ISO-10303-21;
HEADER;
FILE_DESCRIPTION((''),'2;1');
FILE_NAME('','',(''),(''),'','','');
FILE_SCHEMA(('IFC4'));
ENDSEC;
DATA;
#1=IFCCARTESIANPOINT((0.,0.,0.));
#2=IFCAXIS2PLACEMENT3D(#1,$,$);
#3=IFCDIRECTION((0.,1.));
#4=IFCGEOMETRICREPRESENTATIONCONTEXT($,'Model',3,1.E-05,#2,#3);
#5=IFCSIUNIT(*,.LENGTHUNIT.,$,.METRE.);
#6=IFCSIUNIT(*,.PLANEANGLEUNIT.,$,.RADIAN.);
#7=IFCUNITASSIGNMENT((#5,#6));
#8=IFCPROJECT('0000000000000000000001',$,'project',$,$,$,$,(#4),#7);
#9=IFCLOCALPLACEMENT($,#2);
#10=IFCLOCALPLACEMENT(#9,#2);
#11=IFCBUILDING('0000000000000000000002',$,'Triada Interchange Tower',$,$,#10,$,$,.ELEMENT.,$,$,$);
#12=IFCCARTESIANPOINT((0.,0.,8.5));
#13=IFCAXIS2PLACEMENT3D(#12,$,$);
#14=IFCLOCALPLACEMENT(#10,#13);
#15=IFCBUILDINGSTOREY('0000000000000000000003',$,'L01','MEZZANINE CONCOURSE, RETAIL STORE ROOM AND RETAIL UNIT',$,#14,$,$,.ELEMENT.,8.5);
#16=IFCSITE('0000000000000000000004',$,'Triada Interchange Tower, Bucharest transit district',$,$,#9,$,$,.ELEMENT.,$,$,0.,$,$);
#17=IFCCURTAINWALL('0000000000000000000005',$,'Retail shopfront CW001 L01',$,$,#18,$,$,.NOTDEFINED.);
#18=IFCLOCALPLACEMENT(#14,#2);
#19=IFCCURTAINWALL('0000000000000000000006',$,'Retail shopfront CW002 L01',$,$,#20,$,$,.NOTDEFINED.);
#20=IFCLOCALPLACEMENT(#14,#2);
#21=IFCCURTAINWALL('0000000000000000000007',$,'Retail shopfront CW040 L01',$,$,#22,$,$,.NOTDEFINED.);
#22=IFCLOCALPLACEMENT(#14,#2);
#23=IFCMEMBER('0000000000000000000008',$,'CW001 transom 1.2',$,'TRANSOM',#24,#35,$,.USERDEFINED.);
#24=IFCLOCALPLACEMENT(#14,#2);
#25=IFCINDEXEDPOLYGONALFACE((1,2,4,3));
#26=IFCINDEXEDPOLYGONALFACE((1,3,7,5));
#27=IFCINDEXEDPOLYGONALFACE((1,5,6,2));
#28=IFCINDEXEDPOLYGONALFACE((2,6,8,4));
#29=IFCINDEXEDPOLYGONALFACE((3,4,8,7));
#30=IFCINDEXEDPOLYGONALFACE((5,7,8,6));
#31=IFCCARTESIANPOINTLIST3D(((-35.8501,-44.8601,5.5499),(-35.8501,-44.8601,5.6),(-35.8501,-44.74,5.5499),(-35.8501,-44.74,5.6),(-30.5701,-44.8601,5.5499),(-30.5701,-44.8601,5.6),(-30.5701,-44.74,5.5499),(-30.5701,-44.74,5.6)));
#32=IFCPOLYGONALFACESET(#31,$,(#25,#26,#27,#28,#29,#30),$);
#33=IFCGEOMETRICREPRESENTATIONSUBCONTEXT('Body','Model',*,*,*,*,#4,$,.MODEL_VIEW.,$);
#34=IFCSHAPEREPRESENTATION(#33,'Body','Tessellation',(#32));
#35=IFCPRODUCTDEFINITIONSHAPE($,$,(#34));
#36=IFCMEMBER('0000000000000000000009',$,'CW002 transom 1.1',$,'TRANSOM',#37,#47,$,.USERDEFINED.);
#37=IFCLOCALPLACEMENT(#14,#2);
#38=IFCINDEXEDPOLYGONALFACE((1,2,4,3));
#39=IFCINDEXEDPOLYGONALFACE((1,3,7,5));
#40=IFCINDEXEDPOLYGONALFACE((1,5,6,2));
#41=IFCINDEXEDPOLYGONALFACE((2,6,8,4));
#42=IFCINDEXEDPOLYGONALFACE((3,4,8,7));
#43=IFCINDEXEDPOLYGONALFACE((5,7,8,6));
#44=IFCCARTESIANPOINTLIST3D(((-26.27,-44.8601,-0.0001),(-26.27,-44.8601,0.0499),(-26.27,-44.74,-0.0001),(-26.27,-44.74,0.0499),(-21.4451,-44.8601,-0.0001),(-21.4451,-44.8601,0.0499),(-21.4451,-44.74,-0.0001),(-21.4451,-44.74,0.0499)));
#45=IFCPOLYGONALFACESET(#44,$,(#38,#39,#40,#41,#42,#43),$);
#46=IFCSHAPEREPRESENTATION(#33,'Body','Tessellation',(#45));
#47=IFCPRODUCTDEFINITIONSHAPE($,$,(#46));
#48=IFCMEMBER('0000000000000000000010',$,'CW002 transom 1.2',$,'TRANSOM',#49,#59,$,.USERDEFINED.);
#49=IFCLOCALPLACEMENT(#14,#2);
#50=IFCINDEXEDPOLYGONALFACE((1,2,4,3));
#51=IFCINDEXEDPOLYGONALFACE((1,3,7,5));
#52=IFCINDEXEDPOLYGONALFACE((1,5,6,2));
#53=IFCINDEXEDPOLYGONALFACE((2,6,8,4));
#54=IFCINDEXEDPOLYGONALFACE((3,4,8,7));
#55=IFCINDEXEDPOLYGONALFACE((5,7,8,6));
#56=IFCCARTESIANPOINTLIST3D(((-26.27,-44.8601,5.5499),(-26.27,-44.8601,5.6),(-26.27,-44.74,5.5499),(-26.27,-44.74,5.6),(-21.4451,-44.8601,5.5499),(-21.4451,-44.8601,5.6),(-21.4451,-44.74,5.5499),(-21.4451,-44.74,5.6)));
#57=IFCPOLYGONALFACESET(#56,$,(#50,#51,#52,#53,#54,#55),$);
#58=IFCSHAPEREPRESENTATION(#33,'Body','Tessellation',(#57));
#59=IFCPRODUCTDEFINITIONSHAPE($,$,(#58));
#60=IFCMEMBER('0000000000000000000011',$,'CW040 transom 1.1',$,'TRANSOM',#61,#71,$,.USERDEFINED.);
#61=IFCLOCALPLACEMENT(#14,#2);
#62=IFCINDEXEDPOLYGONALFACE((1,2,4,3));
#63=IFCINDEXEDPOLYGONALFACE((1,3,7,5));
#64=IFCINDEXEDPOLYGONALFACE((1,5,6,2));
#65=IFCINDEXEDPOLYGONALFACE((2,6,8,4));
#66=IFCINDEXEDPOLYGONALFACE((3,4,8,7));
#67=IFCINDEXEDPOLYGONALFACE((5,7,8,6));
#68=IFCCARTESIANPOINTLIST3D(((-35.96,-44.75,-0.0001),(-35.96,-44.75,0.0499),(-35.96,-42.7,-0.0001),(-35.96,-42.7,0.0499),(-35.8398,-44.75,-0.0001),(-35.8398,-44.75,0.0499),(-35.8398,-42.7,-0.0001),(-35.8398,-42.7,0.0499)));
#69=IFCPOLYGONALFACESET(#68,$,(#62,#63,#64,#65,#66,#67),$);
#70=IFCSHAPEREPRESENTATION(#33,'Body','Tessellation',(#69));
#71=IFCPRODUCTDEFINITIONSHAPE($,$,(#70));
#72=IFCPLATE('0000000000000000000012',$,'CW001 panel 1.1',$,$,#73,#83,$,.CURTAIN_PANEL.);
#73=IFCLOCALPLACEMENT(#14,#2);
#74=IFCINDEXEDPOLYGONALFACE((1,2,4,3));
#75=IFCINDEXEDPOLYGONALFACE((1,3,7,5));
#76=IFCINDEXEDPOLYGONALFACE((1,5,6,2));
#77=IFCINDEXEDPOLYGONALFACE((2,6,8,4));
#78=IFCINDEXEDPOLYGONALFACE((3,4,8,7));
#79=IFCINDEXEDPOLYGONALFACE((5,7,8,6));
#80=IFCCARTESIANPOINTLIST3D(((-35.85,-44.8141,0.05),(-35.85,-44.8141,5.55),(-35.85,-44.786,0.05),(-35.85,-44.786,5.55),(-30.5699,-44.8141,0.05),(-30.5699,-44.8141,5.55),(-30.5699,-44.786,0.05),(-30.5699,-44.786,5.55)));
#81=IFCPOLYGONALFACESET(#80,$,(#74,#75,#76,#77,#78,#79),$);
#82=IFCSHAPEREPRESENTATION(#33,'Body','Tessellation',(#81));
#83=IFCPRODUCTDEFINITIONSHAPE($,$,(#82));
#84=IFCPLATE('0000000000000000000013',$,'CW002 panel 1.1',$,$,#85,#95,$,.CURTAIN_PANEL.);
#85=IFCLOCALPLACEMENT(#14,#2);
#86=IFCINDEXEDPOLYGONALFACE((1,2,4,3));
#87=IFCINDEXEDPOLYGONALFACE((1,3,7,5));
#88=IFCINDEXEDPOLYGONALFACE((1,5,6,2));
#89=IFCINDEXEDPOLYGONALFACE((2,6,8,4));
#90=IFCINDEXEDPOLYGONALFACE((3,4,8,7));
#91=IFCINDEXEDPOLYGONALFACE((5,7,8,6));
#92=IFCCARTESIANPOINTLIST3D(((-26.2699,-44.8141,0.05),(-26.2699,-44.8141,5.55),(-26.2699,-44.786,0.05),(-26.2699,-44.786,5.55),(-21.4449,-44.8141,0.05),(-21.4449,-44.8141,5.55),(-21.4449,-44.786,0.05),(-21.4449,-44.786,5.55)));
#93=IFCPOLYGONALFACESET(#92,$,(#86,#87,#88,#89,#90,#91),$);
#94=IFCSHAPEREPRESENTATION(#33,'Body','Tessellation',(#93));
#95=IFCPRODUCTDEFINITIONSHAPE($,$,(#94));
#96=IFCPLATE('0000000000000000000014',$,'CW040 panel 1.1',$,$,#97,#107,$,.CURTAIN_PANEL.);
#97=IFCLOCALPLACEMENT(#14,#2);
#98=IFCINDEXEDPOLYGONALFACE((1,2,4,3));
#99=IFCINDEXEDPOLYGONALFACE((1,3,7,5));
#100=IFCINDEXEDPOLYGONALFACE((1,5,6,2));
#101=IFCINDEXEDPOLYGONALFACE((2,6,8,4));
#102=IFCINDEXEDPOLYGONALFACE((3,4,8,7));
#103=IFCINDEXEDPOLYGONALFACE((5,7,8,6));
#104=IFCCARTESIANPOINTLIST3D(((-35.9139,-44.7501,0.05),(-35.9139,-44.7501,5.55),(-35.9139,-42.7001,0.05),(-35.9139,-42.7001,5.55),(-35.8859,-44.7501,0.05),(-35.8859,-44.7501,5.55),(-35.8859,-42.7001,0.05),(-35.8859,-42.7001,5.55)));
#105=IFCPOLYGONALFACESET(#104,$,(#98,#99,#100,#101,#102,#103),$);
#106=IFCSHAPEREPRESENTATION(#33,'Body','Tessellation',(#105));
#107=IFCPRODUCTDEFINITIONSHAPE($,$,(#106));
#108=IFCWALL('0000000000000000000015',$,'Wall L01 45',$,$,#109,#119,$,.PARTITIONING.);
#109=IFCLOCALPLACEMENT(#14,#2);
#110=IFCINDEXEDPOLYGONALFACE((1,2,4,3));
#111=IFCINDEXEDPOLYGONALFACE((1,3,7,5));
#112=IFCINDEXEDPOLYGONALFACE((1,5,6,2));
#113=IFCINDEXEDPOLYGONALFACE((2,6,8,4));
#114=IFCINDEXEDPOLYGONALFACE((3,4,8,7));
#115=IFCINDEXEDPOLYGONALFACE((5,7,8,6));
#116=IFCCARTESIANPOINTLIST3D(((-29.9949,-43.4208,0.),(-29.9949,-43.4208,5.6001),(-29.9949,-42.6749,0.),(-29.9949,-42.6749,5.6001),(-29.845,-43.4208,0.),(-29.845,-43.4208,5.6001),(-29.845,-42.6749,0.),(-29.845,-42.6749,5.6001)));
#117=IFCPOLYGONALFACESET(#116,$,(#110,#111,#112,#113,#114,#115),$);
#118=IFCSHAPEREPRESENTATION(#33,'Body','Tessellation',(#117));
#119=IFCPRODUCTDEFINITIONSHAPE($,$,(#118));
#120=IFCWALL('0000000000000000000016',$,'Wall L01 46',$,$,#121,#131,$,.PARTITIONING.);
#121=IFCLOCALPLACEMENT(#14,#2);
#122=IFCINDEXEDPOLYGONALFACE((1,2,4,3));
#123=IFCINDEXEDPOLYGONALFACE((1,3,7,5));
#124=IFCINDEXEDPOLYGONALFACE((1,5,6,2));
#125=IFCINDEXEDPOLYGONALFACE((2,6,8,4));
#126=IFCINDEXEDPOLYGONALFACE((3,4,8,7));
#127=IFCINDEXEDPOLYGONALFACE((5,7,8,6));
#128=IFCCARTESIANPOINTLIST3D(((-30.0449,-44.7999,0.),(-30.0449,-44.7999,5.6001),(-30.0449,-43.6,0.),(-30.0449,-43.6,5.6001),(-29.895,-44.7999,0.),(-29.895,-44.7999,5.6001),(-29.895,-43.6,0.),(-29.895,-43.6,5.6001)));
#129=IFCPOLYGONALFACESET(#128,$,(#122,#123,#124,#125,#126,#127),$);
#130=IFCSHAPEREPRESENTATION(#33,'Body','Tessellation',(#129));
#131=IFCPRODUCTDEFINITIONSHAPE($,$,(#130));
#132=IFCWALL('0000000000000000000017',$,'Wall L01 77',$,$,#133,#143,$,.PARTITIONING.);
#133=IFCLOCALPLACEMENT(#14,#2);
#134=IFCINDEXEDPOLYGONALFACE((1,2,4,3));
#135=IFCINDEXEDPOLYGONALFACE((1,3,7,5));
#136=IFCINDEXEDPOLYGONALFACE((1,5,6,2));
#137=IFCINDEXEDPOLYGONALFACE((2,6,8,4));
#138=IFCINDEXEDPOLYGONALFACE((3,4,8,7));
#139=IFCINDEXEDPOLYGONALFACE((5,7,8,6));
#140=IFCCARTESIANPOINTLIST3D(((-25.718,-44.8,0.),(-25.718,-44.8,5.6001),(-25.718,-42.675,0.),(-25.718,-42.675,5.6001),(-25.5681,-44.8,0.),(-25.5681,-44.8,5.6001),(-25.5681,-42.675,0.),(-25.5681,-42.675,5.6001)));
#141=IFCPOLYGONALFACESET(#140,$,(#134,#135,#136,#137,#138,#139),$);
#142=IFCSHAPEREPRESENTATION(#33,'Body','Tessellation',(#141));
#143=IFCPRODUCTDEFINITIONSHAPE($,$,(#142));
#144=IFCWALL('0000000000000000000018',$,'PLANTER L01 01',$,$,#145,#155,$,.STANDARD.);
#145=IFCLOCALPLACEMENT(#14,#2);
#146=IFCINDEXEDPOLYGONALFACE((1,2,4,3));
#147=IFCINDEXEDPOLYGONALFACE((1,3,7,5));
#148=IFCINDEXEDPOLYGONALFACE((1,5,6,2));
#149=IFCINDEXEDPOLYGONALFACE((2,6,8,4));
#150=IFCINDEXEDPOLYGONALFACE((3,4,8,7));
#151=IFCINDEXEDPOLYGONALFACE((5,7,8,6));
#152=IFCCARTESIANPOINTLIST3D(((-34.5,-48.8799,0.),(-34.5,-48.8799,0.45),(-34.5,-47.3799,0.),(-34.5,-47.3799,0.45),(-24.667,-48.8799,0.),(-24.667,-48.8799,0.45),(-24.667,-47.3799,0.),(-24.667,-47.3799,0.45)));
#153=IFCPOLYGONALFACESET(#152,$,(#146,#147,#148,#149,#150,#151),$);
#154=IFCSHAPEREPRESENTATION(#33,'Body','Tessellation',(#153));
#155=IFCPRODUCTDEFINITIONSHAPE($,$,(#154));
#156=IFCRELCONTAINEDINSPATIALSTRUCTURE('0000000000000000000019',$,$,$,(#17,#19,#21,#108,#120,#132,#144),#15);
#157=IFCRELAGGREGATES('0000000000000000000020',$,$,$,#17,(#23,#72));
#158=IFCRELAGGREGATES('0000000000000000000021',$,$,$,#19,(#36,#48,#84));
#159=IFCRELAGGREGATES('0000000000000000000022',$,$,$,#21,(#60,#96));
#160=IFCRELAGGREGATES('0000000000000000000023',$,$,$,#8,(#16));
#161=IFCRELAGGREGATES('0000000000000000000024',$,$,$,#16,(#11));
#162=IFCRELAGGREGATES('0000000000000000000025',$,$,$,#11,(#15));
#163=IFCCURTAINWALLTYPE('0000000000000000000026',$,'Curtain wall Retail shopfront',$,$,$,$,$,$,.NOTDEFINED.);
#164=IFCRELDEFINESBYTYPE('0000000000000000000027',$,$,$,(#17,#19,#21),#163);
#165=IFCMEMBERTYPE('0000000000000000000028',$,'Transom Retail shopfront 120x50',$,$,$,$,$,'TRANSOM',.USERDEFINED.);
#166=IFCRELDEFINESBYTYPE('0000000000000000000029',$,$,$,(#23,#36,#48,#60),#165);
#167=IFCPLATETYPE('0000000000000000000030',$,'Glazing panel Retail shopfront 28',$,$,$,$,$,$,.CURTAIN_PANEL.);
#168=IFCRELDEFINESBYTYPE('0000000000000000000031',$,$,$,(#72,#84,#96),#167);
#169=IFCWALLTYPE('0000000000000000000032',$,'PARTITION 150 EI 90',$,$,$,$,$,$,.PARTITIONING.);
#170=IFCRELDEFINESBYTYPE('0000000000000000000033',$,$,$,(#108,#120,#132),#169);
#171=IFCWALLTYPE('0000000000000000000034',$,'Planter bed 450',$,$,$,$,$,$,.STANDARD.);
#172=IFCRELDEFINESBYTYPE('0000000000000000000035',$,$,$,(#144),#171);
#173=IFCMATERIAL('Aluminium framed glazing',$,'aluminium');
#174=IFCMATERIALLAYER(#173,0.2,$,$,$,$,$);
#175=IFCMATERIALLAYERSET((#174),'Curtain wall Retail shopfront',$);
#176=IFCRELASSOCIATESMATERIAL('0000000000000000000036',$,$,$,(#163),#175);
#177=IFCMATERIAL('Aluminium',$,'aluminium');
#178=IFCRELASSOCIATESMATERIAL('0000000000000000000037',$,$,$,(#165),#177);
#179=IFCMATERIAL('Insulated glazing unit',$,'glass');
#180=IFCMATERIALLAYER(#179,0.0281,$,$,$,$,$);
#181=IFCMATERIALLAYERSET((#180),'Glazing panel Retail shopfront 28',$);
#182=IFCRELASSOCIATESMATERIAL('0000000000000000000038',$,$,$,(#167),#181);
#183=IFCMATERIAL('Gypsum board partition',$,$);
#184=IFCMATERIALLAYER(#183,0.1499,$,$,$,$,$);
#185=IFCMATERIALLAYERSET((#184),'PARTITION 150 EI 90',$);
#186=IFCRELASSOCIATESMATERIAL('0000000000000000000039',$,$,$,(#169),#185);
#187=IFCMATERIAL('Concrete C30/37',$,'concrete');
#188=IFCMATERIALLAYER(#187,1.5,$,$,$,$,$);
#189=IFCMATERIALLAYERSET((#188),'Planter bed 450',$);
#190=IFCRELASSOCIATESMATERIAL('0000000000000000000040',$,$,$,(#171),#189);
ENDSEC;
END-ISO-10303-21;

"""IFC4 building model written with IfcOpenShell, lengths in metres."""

from ifc_helpers import new_model, si_unit, direction, frame, frame_2d, origin, origin_2d, place, context, subcontext, project, spatial, rectangle, extrude, material, layer, layer_set, material_profile, profile_set, type_object, element, aggregate, save


model = new_model("IFC4")

# Units and contexts
model_context = context("Model", 3, precision=1e-05, world=origin(), true_north=direction((0.0, 1.0)))
body_context = subcontext(model_context, "Body", "Model", "MODEL_VIEW")
ifc_project = project(units=[si_unit("LENGTHUNIT", "METRE"), si_unit("PLANEANGLEUNIT", "RADIAN")], contexts=[model_context])

# Site, building, storey
site_placement = place(None, origin())
site = spatial("IfcSite", under=ifc_project, at=site_placement, Name="Triada Interchange Tower, Bucharest transit district", CompositionType="ELEMENT", RefElevation=0.0)
building_placement = place(site_placement, origin())
building = spatial("IfcBuilding", under=site, at=building_placement, Name="Triada Interchange Tower", CompositionType="ELEMENT")
storey_placement = place(building_placement, frame((0.0, 0.0, 8.5)))
storey = spatial("IfcBuildingStorey", under=building, at=storey_placement, Name="L01", Description="MEZZANINE CONCOURSE, RETAIL STORE ROOM AND RETAIL UNIT", CompositionType="ELEMENT", Elevation=8.5)

# Curtain wall
ifc_material_1 = material(Name="Aluminium framed glazing", Category="aluminium")
ifc_layer_1 = layer(ifc_material_1, 0.2)
ifc_layer_set_1 = layer_set([ifc_layer_1], Name="Curtain wall Retail shopfront")
curtain_wall_type = type_object("IfcCurtainWallType", Name="Curtain wall Retail shopfront", PredefinedType="NOTDEFINED", material=ifc_layer_set_1)
curtain_wall_1_placement = place(storey_placement, origin())
curtain_wall_1 = element("IfcCurtainWall", 1, at=curtain_wall_1_placement, inside=storey, type_object=curtain_wall_type, Name="Retail shopfront CW001 L01", PredefinedType="NOTDEFINED")
ifc_material_2 = material(Name="Aluminium", Category="aluminium")

# Curtain walls
curtain_wall_2_placement = place(storey_placement, origin())
curtain_wall_2 = element("IfcCurtainWall", 2, at=curtain_wall_2_placement, inside=storey, type_object=curtain_wall_type, Name="Retail shopfront CW002 L01", PredefinedType="NOTDEFINED")
curtain_wall_3_placement = place(storey_placement, origin())
curtain_wall_3 = element("IfcCurtainWall", 3, at=curtain_wall_3_placement, inside=storey, type_object=curtain_wall_type, Name="Retail shopfront CW040 L01", PredefinedType="NOTDEFINED")

# Members
ifc_material_profile_1 = material_profile(ifc_material_2, rectangle(XDim=0.1201, YDim=0.05, at=origin_2d()), Name="Aluminium transom")
ifc_profile_set_1 = profile_set([ifc_material_profile_1], Name="Aluminium")
member_type_1 = type_object("IfcMemberType", Name="Transom Retail shopfront 120x50", ElementType="TRANSOM", PredefinedType="USERDEFINED", material=ifc_profile_set_1)
member_1_placement = place(storey_placement, frame((-35.8501, -44.8, 5.575), z_axis=(1.0, 0.0, 0.0), x_axis=(0.0, 1.0, 0.0)))
member_1 = element("IfcMember", 4, at=member_1_placement, type_object=member_type_1, Name="CW001 transom 1.2", ObjectType="TRANSOM", PredefinedType="USERDEFINED", context=body_context, shape_type="SweptSolid", body=[
    extrude(rectangle(XDim=0.1201, YDim=0.05, at=origin_2d()), origin(), (0.0, 0.0, 1.0), 5.28),
])
member_2_placement = place(storey_placement, frame((-26.27, -44.8, 0.0249), z_axis=(1.0, 0.0, 0.0), x_axis=(0.0, 1.0, 0.0)))
member_2 = element("IfcMember", 5, at=member_2_placement, type_object=member_type_1, Name="CW002 transom 1.1", ObjectType="TRANSOM", PredefinedType="USERDEFINED", context=body_context, shape_type="SweptSolid", body=[
    extrude(rectangle(XDim=0.1201, YDim=0.05, at=origin_2d()), origin(), (0.0, 0.0, 1.0), 4.825),
])
member_3_placement = place(storey_placement, frame((-26.27, -44.8, 5.575), z_axis=(1.0, 0.0, 0.0), x_axis=(0.0, 1.0, 0.0)))
member_3 = element("IfcMember", 6, at=member_3_placement, type_object=member_type_1, Name="CW002 transom 1.2", ObjectType="TRANSOM", PredefinedType="USERDEFINED", context=body_context, shape_type="SweptSolid", body=[
    extrude(rectangle(XDim=0.1201, YDim=0.05, at=origin_2d()), origin(), (0.0, 0.0, 1.0), 4.825),
])
member_4_placement = place(storey_placement, frame((-35.8999, -42.7, 0.0249), z_axis=(0.0, -1.0, 0.0), x_axis=(1.0, 0.0, 0.0)))
member_4 = element("IfcMember", 7, at=member_4_placement, type_object=member_type_1, Name="CW040 transom 1.1", ObjectType="TRANSOM", PredefinedType="USERDEFINED", context=body_context, shape_type="SweptSolid", body=[
    extrude(rectangle(XDim=0.1201, YDim=0.05, at=origin_2d()), origin(), (0.0, 0.0, 1.0), 2.05),
])

# Plates
ifc_material_3 = material(Name="Insulated glazing unit", Category="glass")
ifc_layer_2 = layer(ifc_material_3, 0.0281)
ifc_layer_set_2 = layer_set([ifc_layer_2], Name="Glazing panel Retail shopfront 28")
plate_type = type_object("IfcPlateType", Name="Glazing panel Retail shopfront 28", PredefinedType="CURTAIN_PANEL", material=ifc_layer_set_2)
plate_1_placement = place(storey_placement, frame((-33.21, -44.8, 0.05), z_axis=(0.0, 0.0, 1.0), x_axis=(1.0, 0.0, 0.0)))
plate_1 = element("IfcPlate", 8, at=plate_1_placement, type_object=plate_type, Name="CW001 panel 1.1", PredefinedType="CURTAIN_PANEL", context=body_context, shape_type="SweptSolid", body=[
    extrude(rectangle(XDim=5.28, YDim=0.0281, at=origin_2d()), origin(), (0.0, 0.0, 1.0), 5.5),
])
aggregate(curtain_wall_1, [member_1, plate_1])
plate_2_placement = place(storey_placement, frame((-23.8574, -44.8, 0.05), z_axis=(0.0, 0.0, 1.0), x_axis=(1.0, 0.0, 0.0)))
plate_2 = element("IfcPlate", 9, at=plate_2_placement, type_object=plate_type, Name="CW002 panel 1.1", PredefinedType="CURTAIN_PANEL", context=body_context, shape_type="SweptSolid", body=[
    extrude(rectangle(XDim=4.825, YDim=0.0281, at=origin_2d()), origin(), (0.0, 0.0, 1.0), 5.5),
])
aggregate(curtain_wall_2, [member_2, member_3, plate_2])
plate_3_placement = place(storey_placement, frame((-35.8999, -43.7251, 0.05), z_axis=(0.0, 0.0, 1.0), x_axis=(0.0, -1.0, 0.0)))
plate_3 = element("IfcPlate", 10, at=plate_3_placement, type_object=plate_type, Name="CW040 panel 1.1", PredefinedType="CURTAIN_PANEL", context=body_context, shape_type="SweptSolid", body=[
    extrude(rectangle(XDim=2.05, YDim=0.0281, at=origin_2d()), origin(), (0.0, 0.0, 1.0), 5.5),
])
aggregate(curtain_wall_3, [member_4, plate_3])

# Walls
ifc_material_4 = material(Name="Gypsum board partition")
ifc_layer_3 = layer(ifc_material_4, 0.1499)
ifc_layer_set_3 = layer_set([ifc_layer_3], Name="PARTITION 150 EI 90")
wall_type_1 = type_object("IfcWallType", Name="PARTITION 150 EI 90", PredefinedType="PARTITIONING", material=ifc_layer_set_3)
wall_1_placement = place(storey_placement, frame((-29.9199, -43.4209, 0.0), z_axis=(0.0, 0.0, 1.0), x_axis=(0.0, 1.0, 0.0)))
element("IfcWall", 11, at=wall_1_placement, inside=storey, type_object=wall_type_1, Name="Wall L01 45", PredefinedType="PARTITIONING", context=body_context, shape_type="SweptSolid", body=[
    extrude(rectangle(XDim=0.7458, YDim=0.1499, at=frame_2d((0.373, 0.0))), origin(), (0.0, 0.0, 1.0), 5.6001),
])
wall_2_placement = place(storey_placement, frame((-29.97, -44.8, 0.0), z_axis=(0.0, 0.0, 1.0), x_axis=(0.0, 1.0, 0.0)))
element("IfcWall", 12, at=wall_2_placement, inside=storey, type_object=wall_type_1, Name="Wall L01 46", PredefinedType="PARTITIONING", context=body_context, shape_type="SweptSolid", body=[
    extrude(rectangle(XDim=1.2, YDim=0.1499, at=frame_2d((0.6001, 0.0))), origin(), (0.0, 0.0, 1.0), 5.6001),
])
wall_3_placement = place(storey_placement, frame((-25.6431, -44.8, 0.0), z_axis=(0.0, 0.0, 1.0), x_axis=(0.0, 1.0, 0.0)))
element("IfcWall", 13, at=wall_3_placement, inside=storey, type_object=wall_type_1, Name="Wall L01 77", PredefinedType="PARTITIONING", context=body_context, shape_type="SweptSolid", body=[
    extrude(rectangle(XDim=2.125, YDim=0.1499, at=frame_2d((1.0625, 0.0))), origin(), (0.0, 0.0, 1.0), 5.6001),
])
ifc_material_5 = material(Name="Concrete C30/37", Category="concrete")
ifc_layer_4 = layer(ifc_material_5, 1.5)
ifc_layer_set_4 = layer_set([ifc_layer_4], Name="Planter bed 450")
wall_type_2 = type_object("IfcWallType", Name="Planter bed 450", PredefinedType="STANDARD", material=ifc_layer_set_4)
wall_4_placement = place(storey_placement, frame((-34.5, -48.1299, 0.0), z_axis=(0.0, 0.0, 1.0), x_axis=(1.0, 0.0, 0.0)))
element("IfcWall", 14, at=wall_4_placement, inside=storey, type_object=wall_type_2, Name="PLANTER L01 01", PredefinedType="STANDARD", context=body_context, shape_type="SweptSolid", body=[
    extrude(rectangle(XDim=9.833, YDim=1.5, at=frame_2d((4.9165, 0.0))), origin(), (0.0, 0.0, 1.0), 0.45),
])

save(model, "model.ifc")
